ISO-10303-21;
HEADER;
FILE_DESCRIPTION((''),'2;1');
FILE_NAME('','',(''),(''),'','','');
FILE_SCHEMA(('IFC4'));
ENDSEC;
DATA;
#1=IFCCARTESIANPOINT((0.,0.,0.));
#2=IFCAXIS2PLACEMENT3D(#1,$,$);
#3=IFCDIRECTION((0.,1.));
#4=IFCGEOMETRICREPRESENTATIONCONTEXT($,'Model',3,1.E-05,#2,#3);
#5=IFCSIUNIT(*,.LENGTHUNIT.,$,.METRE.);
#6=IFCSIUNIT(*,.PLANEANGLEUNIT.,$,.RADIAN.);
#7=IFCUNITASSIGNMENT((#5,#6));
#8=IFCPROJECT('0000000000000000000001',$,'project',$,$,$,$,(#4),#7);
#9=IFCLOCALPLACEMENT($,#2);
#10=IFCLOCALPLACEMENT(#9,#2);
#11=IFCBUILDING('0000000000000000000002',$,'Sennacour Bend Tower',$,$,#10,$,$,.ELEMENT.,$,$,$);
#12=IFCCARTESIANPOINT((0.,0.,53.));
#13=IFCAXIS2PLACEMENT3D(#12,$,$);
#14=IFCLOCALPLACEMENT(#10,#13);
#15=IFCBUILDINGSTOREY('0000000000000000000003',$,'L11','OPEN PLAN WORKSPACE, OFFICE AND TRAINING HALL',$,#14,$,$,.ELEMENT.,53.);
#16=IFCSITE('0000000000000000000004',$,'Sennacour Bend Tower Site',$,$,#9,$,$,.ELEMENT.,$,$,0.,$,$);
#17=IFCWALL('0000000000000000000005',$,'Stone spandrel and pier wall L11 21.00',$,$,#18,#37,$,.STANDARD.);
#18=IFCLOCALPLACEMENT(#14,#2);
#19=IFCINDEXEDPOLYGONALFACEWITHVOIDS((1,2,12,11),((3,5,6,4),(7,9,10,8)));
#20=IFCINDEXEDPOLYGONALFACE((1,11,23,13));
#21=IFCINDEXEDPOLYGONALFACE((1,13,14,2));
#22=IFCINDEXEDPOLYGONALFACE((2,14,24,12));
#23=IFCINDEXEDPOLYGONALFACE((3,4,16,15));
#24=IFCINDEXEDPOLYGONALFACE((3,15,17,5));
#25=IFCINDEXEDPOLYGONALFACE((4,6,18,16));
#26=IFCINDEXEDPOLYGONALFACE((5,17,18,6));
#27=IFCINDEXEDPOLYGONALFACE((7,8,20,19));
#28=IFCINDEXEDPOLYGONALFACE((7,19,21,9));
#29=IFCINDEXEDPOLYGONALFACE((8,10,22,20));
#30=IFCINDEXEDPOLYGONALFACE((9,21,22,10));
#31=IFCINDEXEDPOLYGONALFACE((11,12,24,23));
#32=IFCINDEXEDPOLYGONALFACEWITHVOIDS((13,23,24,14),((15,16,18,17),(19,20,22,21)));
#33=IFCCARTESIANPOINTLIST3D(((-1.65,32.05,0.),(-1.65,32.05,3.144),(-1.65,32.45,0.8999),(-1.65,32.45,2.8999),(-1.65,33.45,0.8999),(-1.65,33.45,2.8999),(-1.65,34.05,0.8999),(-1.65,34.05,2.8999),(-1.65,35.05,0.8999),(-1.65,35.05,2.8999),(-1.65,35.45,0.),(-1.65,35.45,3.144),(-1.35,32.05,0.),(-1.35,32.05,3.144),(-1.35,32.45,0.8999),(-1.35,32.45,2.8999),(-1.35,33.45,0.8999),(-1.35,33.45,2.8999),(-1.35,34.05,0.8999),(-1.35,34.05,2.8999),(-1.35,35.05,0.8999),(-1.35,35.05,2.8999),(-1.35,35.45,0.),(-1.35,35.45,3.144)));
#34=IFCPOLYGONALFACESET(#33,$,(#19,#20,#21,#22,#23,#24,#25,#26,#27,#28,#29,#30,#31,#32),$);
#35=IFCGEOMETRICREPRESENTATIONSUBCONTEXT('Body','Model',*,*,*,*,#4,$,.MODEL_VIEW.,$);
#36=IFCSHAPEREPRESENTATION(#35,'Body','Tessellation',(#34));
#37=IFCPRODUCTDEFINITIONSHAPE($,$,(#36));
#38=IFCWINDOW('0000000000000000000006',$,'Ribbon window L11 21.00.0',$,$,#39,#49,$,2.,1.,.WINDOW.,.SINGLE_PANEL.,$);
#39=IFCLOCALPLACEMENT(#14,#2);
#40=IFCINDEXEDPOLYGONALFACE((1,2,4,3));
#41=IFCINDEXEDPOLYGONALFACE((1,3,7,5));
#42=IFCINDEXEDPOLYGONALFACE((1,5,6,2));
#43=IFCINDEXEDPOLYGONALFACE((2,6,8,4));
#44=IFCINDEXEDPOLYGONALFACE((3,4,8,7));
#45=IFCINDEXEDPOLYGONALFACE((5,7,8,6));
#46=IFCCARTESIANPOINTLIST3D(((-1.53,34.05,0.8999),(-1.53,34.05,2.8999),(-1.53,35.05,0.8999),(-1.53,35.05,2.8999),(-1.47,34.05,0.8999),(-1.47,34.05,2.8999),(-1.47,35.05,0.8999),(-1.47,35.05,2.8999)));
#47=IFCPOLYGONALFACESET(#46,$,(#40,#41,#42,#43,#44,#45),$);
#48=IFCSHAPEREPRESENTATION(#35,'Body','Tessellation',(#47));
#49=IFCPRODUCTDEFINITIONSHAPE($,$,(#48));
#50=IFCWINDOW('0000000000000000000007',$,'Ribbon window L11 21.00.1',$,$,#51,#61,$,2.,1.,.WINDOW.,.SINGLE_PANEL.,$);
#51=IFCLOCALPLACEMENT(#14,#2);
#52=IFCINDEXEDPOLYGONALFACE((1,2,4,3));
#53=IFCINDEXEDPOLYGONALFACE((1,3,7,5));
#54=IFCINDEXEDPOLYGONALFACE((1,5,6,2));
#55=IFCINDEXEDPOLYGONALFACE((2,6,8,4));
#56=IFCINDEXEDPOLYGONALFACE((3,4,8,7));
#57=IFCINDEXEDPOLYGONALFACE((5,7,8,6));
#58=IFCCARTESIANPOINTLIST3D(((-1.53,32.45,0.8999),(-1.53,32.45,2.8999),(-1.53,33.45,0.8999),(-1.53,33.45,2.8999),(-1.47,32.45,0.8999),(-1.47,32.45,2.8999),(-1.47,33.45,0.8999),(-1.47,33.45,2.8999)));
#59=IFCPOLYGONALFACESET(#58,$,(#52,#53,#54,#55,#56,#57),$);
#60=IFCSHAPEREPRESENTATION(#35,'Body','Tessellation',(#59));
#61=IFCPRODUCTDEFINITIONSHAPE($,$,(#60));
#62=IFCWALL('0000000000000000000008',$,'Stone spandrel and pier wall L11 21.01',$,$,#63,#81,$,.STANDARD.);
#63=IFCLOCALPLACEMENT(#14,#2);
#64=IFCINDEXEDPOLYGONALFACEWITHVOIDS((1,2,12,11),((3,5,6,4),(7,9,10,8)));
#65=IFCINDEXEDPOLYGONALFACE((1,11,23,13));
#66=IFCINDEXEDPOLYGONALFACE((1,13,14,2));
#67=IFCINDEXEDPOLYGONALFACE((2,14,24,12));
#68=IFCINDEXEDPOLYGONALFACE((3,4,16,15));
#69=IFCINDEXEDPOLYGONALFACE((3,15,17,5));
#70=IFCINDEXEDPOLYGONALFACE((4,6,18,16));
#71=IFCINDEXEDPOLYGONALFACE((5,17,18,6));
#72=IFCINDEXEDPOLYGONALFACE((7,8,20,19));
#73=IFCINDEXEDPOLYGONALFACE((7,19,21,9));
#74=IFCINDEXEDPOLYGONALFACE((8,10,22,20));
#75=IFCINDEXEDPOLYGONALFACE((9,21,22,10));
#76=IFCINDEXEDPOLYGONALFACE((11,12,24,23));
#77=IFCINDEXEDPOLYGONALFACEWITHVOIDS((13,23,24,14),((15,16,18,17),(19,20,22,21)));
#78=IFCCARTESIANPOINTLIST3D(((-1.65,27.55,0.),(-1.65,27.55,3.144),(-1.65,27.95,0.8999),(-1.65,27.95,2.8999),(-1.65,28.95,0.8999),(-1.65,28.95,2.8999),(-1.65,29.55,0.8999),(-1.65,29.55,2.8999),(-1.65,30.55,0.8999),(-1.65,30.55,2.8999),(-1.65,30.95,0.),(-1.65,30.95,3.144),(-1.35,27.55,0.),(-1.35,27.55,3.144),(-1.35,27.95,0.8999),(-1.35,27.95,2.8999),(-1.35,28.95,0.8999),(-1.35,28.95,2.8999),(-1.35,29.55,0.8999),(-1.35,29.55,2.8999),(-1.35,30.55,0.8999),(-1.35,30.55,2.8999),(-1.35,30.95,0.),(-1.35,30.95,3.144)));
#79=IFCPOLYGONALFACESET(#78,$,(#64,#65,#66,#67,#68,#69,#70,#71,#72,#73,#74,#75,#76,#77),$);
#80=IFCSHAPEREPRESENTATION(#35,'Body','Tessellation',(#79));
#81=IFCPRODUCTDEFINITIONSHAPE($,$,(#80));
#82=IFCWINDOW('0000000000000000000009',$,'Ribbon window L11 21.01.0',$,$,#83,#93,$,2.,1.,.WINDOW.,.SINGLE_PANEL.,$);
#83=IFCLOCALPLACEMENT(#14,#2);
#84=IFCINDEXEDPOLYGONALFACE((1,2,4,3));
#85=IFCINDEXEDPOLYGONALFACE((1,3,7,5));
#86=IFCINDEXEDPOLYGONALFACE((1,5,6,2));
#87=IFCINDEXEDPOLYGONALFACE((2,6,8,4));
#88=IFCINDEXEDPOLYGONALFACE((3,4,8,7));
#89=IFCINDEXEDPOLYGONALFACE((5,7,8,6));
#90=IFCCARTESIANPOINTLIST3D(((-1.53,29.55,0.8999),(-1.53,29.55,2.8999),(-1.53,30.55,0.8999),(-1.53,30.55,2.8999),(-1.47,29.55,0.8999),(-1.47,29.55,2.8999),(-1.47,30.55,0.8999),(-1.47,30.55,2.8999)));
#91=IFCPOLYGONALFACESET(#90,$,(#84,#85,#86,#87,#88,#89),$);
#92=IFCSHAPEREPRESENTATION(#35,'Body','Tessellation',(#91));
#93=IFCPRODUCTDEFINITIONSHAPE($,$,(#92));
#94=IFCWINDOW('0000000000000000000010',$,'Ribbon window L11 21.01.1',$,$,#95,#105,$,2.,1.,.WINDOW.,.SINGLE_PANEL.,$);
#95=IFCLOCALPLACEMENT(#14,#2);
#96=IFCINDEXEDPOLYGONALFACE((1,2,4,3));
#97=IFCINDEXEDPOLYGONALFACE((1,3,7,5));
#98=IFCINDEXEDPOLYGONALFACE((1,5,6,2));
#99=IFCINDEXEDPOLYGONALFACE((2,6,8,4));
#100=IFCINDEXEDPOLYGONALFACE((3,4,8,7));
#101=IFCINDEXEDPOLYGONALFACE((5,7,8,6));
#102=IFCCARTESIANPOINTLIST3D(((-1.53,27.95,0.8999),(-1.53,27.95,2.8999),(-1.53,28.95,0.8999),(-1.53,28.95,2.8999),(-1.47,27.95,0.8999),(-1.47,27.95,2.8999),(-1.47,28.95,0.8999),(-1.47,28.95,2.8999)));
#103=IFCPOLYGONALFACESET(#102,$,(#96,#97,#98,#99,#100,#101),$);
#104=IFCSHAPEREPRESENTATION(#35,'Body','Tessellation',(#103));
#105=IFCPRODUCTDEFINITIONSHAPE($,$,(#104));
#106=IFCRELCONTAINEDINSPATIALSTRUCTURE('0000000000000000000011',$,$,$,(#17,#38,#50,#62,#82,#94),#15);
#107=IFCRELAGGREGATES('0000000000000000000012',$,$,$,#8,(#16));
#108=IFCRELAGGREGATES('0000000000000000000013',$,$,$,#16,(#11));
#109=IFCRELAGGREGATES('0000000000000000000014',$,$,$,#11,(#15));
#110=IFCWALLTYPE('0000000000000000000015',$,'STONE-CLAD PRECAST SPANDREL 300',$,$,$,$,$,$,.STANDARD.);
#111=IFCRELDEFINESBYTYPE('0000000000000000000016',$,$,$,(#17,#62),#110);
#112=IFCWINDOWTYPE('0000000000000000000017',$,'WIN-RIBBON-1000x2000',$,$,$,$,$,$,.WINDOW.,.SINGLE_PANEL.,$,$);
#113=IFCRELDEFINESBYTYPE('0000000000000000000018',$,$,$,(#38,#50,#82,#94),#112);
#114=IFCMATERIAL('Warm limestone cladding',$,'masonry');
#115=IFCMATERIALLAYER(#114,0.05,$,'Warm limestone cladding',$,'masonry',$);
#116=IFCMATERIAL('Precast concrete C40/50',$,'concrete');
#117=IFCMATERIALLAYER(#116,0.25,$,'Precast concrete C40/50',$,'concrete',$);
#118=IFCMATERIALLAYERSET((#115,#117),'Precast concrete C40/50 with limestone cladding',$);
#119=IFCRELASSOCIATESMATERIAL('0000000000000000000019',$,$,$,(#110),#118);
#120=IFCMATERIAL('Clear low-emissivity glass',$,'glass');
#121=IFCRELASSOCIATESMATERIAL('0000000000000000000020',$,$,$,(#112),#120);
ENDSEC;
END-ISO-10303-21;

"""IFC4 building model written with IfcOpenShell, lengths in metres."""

from ifc_helpers import new_model, si_unit, direction, frame, frame_2d, origin, place, context, subcontext, project, spatial, rectangle, extrude, material, layer, layer_set, type_object, element, fill, save


model = new_model("IFC4")

# Units and contexts
model_context = context("Model", 3, precision=1e-05, world=origin(), true_north=direction((0.0, 1.0)))
body_context = subcontext(model_context, "Body", "Model", "MODEL_VIEW")
ifc_project = project(units=[si_unit("LENGTHUNIT", "METRE"), si_unit("PLANEANGLEUNIT", "RADIAN")], contexts=[model_context])

# Site, building, storey
site_placement = place(None, origin())
site = spatial("IfcSite", under=ifc_project, at=site_placement, Name="Sennacour Bend Tower Site", CompositionType="ELEMENT", RefElevation=0.0)
building_placement = place(site_placement, origin())
building = spatial("IfcBuilding", under=site, at=building_placement, Name="Sennacour Bend Tower", CompositionType="ELEMENT")
storey_placement = place(building_placement, frame((0.0, 0.0, 53.0)))
storey = spatial("IfcBuildingStorey", under=building, at=storey_placement, Name="L11", Description="OPEN PLAN WORKSPACE, OFFICE AND TRAINING HALL", CompositionType="ELEMENT", Elevation=53.0)

# Shared definitions
ifc_material_1 = material(Name="Warm limestone cladding", Category="masonry")
ifc_layer_1 = layer(ifc_material_1, 0.05, Name="Warm limestone cladding", Category="masonry")
ifc_material_2 = material(Name="Precast concrete C40/50", Category="concrete")
ifc_layer_2 = layer(ifc_material_2, 0.25, Name="Precast concrete C40/50", Category="concrete")
ifc_layer_set_1 = layer_set([ifc_layer_1, ifc_layer_2], Name="Precast concrete C40/50 with limestone cladding")
wall_type_1 = type_object("IfcWallType", Name="STONE-CLAD PRECAST SPANDREL 300", PredefinedType="STANDARD", material=ifc_layer_set_1)

# Walls, openings, windows
wall_1_placement = place(storey_placement, frame((-1.5, 35.45, 0.0), z_axis=(0.0, 0.0, 1.0), x_axis=(0.0, -1.0, 0.0)))
wall_1 = element("IfcWall", 1, at=wall_1_placement, inside=storey, type_object=wall_type_1, Name="Stone spandrel and pier wall L11 21.00", PredefinedType="STANDARD", context=body_context, shape_type="SweptSolid", body=[
    extrude(rectangle(XDim=3.3999, YDim=0.3, at=frame_2d((1.7, 0.0))), origin(), (0.0, 0.0, 1.0), 3.144),
])
opening_1_placement = place(wall_1_placement, frame((0.3999, 0.0, 0.8999)))
opening_1 = element("IfcOpeningElement", 2, at=opening_1_placement, cuts=wall_1, PredefinedType="OPENING", context=body_context, shape_type="SweptSolid", body=[
    extrude(rectangle(XDim=1.0, YDim=2.0, at=frame_2d((0.5, 1.0))), frame((0.0, 0.1602, 0.0), z_axis=(0.0, -1.0, 0.0), x_axis=(1.0, 0.0, 0.0)), (0.0, 0.0, 1.0), 0.3201),
])
opening_2_placement = place(wall_1_placement, frame((2.0, 0.0, 0.8999)))
opening_2 = element("IfcOpeningElement", 3, at=opening_2_placement, cuts=wall_1, PredefinedType="OPENING", context=body_context, shape_type="SweptSolid", body=[
    extrude(rectangle(XDim=1.0, YDim=2.0, at=frame_2d((0.5, 1.0))), frame((0.0, 0.1602, 0.0), z_axis=(0.0, -1.0, 0.0), x_axis=(1.0, 0.0, 0.0)), (0.0, 0.0, 1.0), 0.3201),
])
ifc_material_3 = material(Name="Clear low-emissivity glass", Category="glass")
window_type = type_object("IfcWindowType", Name="WIN-RIBBON-1000x2000", PartitioningType="SINGLE_PANEL", PredefinedType="WINDOW", material=ifc_material_3)
window_1_placement = place(opening_1_placement, origin())
window_1 = element("IfcWindow", 4, at=window_1_placement, inside=storey, type_object=window_type, Name="Ribbon window L11 21.00.0", OverallHeight=2.0, OverallWidth=1.0, PartitioningType="SINGLE_PANEL", PredefinedType="WINDOW", context=body_context, shape_type="SweptSolid", body=[
    extrude(rectangle(XDim=1.0, YDim=2.0, at=frame_2d((0.5, 1.0))), frame((0.0, 0.03, 0.0), z_axis=(0.0, -1.0, 0.0), x_axis=(1.0, 0.0, 0.0)), (0.0, 0.0, 1.0), 0.0601),
])
fill(opening_1, window_1)
window_2_placement = place(opening_2_placement, origin())
window_2 = element("IfcWindow", 5, at=window_2_placement, inside=storey, type_object=window_type, Name="Ribbon window L11 21.00.1", OverallHeight=2.0, OverallWidth=1.0, PartitioningType="SINGLE_PANEL", PredefinedType="WINDOW", context=body_context, shape_type="SweptSolid", body=[
    extrude(rectangle(XDim=1.0, YDim=2.0, at=frame_2d((0.5, 1.0))), frame((0.0, 0.03, 0.0), z_axis=(0.0, -1.0, 0.0), x_axis=(1.0, 0.0, 0.0)), (0.0, 0.0, 1.0), 0.0601),
])
fill(opening_2, window_2)
wall_2_placement = place(storey_placement, frame((-1.5, 30.95, 0.0), z_axis=(0.0, 0.0, 1.0), x_axis=(0.0, -1.0, 0.0)))
wall_2 = element("IfcWall", 6, at=wall_2_placement, inside=storey, type_object=wall_type_1, Name="Stone spandrel and pier wall L11 21.01", PredefinedType="STANDARD", context=body_context, shape_type="SweptSolid", body=[
    extrude(rectangle(XDim=3.3999, YDim=0.3, at=frame_2d((1.7, 0.0))), origin(), (0.0, 0.0, 1.0), 3.144),
])
opening_3_placement = place(wall_2_placement, frame((0.3999, 0.0, 0.8999)))
opening_3 = element("IfcOpeningElement", 7, at=opening_3_placement, cuts=wall_2, PredefinedType="OPENING", context=body_context, shape_type="SweptSolid", body=[
    extrude(rectangle(XDim=1.0, YDim=2.0, at=frame_2d((0.5, 1.0))), frame((0.0, 0.1602, 0.0), z_axis=(0.0, -1.0, 0.0), x_axis=(1.0, 0.0, 0.0)), (0.0, 0.0, 1.0), 0.3201),
])
opening_4_placement = place(wall_2_placement, frame((2.0, 0.0, 0.8999)))
opening_4 = element("IfcOpeningElement", 8, at=opening_4_placement, cuts=wall_2, PredefinedType="OPENING", context=body_context, shape_type="SweptSolid", body=[
    extrude(rectangle(XDim=1.0, YDim=2.0, at=frame_2d((0.5, 1.0))), frame((0.0, 0.1602, 0.0), z_axis=(0.0, -1.0, 0.0), x_axis=(1.0, 0.0, 0.0)), (0.0, 0.0, 1.0), 0.3201),
])
window_3_placement = place(opening_3_placement, origin())
window_3 = element("IfcWindow", 9, at=window_3_placement, inside=storey, type_object=window_type, Name="Ribbon window L11 21.01.0", OverallHeight=2.0, OverallWidth=1.0, PartitioningType="SINGLE_PANEL", PredefinedType="WINDOW", context=body_context, shape_type="SweptSolid", body=[
    extrude(rectangle(XDim=1.0, YDim=2.0, at=frame_2d((0.5, 1.0))), frame((0.0, 0.03, 0.0), z_axis=(0.0, -1.0, 0.0), x_axis=(1.0, 0.0, 0.0)), (0.0, 0.0, 1.0), 0.0601),
])
fill(opening_3, window_3)
window_4_placement = place(opening_4_placement, origin())
window_4 = element("IfcWindow", 10, at=window_4_placement, inside=storey, type_object=window_type, Name="Ribbon window L11 21.01.1", OverallHeight=2.0, OverallWidth=1.0, PartitioningType="SINGLE_PANEL", PredefinedType="WINDOW", context=body_context, shape_type="SweptSolid", body=[
    extrude(rectangle(XDim=1.0, YDim=2.0, at=frame_2d((0.5, 1.0))), frame((0.0, 0.03, 0.0), z_axis=(0.0, -1.0, 0.0), x_axis=(1.0, 0.0, 0.0)), (0.0, 0.0, 1.0), 0.0601),
])
fill(opening_4, window_4)

save(model, "model.ifc")
